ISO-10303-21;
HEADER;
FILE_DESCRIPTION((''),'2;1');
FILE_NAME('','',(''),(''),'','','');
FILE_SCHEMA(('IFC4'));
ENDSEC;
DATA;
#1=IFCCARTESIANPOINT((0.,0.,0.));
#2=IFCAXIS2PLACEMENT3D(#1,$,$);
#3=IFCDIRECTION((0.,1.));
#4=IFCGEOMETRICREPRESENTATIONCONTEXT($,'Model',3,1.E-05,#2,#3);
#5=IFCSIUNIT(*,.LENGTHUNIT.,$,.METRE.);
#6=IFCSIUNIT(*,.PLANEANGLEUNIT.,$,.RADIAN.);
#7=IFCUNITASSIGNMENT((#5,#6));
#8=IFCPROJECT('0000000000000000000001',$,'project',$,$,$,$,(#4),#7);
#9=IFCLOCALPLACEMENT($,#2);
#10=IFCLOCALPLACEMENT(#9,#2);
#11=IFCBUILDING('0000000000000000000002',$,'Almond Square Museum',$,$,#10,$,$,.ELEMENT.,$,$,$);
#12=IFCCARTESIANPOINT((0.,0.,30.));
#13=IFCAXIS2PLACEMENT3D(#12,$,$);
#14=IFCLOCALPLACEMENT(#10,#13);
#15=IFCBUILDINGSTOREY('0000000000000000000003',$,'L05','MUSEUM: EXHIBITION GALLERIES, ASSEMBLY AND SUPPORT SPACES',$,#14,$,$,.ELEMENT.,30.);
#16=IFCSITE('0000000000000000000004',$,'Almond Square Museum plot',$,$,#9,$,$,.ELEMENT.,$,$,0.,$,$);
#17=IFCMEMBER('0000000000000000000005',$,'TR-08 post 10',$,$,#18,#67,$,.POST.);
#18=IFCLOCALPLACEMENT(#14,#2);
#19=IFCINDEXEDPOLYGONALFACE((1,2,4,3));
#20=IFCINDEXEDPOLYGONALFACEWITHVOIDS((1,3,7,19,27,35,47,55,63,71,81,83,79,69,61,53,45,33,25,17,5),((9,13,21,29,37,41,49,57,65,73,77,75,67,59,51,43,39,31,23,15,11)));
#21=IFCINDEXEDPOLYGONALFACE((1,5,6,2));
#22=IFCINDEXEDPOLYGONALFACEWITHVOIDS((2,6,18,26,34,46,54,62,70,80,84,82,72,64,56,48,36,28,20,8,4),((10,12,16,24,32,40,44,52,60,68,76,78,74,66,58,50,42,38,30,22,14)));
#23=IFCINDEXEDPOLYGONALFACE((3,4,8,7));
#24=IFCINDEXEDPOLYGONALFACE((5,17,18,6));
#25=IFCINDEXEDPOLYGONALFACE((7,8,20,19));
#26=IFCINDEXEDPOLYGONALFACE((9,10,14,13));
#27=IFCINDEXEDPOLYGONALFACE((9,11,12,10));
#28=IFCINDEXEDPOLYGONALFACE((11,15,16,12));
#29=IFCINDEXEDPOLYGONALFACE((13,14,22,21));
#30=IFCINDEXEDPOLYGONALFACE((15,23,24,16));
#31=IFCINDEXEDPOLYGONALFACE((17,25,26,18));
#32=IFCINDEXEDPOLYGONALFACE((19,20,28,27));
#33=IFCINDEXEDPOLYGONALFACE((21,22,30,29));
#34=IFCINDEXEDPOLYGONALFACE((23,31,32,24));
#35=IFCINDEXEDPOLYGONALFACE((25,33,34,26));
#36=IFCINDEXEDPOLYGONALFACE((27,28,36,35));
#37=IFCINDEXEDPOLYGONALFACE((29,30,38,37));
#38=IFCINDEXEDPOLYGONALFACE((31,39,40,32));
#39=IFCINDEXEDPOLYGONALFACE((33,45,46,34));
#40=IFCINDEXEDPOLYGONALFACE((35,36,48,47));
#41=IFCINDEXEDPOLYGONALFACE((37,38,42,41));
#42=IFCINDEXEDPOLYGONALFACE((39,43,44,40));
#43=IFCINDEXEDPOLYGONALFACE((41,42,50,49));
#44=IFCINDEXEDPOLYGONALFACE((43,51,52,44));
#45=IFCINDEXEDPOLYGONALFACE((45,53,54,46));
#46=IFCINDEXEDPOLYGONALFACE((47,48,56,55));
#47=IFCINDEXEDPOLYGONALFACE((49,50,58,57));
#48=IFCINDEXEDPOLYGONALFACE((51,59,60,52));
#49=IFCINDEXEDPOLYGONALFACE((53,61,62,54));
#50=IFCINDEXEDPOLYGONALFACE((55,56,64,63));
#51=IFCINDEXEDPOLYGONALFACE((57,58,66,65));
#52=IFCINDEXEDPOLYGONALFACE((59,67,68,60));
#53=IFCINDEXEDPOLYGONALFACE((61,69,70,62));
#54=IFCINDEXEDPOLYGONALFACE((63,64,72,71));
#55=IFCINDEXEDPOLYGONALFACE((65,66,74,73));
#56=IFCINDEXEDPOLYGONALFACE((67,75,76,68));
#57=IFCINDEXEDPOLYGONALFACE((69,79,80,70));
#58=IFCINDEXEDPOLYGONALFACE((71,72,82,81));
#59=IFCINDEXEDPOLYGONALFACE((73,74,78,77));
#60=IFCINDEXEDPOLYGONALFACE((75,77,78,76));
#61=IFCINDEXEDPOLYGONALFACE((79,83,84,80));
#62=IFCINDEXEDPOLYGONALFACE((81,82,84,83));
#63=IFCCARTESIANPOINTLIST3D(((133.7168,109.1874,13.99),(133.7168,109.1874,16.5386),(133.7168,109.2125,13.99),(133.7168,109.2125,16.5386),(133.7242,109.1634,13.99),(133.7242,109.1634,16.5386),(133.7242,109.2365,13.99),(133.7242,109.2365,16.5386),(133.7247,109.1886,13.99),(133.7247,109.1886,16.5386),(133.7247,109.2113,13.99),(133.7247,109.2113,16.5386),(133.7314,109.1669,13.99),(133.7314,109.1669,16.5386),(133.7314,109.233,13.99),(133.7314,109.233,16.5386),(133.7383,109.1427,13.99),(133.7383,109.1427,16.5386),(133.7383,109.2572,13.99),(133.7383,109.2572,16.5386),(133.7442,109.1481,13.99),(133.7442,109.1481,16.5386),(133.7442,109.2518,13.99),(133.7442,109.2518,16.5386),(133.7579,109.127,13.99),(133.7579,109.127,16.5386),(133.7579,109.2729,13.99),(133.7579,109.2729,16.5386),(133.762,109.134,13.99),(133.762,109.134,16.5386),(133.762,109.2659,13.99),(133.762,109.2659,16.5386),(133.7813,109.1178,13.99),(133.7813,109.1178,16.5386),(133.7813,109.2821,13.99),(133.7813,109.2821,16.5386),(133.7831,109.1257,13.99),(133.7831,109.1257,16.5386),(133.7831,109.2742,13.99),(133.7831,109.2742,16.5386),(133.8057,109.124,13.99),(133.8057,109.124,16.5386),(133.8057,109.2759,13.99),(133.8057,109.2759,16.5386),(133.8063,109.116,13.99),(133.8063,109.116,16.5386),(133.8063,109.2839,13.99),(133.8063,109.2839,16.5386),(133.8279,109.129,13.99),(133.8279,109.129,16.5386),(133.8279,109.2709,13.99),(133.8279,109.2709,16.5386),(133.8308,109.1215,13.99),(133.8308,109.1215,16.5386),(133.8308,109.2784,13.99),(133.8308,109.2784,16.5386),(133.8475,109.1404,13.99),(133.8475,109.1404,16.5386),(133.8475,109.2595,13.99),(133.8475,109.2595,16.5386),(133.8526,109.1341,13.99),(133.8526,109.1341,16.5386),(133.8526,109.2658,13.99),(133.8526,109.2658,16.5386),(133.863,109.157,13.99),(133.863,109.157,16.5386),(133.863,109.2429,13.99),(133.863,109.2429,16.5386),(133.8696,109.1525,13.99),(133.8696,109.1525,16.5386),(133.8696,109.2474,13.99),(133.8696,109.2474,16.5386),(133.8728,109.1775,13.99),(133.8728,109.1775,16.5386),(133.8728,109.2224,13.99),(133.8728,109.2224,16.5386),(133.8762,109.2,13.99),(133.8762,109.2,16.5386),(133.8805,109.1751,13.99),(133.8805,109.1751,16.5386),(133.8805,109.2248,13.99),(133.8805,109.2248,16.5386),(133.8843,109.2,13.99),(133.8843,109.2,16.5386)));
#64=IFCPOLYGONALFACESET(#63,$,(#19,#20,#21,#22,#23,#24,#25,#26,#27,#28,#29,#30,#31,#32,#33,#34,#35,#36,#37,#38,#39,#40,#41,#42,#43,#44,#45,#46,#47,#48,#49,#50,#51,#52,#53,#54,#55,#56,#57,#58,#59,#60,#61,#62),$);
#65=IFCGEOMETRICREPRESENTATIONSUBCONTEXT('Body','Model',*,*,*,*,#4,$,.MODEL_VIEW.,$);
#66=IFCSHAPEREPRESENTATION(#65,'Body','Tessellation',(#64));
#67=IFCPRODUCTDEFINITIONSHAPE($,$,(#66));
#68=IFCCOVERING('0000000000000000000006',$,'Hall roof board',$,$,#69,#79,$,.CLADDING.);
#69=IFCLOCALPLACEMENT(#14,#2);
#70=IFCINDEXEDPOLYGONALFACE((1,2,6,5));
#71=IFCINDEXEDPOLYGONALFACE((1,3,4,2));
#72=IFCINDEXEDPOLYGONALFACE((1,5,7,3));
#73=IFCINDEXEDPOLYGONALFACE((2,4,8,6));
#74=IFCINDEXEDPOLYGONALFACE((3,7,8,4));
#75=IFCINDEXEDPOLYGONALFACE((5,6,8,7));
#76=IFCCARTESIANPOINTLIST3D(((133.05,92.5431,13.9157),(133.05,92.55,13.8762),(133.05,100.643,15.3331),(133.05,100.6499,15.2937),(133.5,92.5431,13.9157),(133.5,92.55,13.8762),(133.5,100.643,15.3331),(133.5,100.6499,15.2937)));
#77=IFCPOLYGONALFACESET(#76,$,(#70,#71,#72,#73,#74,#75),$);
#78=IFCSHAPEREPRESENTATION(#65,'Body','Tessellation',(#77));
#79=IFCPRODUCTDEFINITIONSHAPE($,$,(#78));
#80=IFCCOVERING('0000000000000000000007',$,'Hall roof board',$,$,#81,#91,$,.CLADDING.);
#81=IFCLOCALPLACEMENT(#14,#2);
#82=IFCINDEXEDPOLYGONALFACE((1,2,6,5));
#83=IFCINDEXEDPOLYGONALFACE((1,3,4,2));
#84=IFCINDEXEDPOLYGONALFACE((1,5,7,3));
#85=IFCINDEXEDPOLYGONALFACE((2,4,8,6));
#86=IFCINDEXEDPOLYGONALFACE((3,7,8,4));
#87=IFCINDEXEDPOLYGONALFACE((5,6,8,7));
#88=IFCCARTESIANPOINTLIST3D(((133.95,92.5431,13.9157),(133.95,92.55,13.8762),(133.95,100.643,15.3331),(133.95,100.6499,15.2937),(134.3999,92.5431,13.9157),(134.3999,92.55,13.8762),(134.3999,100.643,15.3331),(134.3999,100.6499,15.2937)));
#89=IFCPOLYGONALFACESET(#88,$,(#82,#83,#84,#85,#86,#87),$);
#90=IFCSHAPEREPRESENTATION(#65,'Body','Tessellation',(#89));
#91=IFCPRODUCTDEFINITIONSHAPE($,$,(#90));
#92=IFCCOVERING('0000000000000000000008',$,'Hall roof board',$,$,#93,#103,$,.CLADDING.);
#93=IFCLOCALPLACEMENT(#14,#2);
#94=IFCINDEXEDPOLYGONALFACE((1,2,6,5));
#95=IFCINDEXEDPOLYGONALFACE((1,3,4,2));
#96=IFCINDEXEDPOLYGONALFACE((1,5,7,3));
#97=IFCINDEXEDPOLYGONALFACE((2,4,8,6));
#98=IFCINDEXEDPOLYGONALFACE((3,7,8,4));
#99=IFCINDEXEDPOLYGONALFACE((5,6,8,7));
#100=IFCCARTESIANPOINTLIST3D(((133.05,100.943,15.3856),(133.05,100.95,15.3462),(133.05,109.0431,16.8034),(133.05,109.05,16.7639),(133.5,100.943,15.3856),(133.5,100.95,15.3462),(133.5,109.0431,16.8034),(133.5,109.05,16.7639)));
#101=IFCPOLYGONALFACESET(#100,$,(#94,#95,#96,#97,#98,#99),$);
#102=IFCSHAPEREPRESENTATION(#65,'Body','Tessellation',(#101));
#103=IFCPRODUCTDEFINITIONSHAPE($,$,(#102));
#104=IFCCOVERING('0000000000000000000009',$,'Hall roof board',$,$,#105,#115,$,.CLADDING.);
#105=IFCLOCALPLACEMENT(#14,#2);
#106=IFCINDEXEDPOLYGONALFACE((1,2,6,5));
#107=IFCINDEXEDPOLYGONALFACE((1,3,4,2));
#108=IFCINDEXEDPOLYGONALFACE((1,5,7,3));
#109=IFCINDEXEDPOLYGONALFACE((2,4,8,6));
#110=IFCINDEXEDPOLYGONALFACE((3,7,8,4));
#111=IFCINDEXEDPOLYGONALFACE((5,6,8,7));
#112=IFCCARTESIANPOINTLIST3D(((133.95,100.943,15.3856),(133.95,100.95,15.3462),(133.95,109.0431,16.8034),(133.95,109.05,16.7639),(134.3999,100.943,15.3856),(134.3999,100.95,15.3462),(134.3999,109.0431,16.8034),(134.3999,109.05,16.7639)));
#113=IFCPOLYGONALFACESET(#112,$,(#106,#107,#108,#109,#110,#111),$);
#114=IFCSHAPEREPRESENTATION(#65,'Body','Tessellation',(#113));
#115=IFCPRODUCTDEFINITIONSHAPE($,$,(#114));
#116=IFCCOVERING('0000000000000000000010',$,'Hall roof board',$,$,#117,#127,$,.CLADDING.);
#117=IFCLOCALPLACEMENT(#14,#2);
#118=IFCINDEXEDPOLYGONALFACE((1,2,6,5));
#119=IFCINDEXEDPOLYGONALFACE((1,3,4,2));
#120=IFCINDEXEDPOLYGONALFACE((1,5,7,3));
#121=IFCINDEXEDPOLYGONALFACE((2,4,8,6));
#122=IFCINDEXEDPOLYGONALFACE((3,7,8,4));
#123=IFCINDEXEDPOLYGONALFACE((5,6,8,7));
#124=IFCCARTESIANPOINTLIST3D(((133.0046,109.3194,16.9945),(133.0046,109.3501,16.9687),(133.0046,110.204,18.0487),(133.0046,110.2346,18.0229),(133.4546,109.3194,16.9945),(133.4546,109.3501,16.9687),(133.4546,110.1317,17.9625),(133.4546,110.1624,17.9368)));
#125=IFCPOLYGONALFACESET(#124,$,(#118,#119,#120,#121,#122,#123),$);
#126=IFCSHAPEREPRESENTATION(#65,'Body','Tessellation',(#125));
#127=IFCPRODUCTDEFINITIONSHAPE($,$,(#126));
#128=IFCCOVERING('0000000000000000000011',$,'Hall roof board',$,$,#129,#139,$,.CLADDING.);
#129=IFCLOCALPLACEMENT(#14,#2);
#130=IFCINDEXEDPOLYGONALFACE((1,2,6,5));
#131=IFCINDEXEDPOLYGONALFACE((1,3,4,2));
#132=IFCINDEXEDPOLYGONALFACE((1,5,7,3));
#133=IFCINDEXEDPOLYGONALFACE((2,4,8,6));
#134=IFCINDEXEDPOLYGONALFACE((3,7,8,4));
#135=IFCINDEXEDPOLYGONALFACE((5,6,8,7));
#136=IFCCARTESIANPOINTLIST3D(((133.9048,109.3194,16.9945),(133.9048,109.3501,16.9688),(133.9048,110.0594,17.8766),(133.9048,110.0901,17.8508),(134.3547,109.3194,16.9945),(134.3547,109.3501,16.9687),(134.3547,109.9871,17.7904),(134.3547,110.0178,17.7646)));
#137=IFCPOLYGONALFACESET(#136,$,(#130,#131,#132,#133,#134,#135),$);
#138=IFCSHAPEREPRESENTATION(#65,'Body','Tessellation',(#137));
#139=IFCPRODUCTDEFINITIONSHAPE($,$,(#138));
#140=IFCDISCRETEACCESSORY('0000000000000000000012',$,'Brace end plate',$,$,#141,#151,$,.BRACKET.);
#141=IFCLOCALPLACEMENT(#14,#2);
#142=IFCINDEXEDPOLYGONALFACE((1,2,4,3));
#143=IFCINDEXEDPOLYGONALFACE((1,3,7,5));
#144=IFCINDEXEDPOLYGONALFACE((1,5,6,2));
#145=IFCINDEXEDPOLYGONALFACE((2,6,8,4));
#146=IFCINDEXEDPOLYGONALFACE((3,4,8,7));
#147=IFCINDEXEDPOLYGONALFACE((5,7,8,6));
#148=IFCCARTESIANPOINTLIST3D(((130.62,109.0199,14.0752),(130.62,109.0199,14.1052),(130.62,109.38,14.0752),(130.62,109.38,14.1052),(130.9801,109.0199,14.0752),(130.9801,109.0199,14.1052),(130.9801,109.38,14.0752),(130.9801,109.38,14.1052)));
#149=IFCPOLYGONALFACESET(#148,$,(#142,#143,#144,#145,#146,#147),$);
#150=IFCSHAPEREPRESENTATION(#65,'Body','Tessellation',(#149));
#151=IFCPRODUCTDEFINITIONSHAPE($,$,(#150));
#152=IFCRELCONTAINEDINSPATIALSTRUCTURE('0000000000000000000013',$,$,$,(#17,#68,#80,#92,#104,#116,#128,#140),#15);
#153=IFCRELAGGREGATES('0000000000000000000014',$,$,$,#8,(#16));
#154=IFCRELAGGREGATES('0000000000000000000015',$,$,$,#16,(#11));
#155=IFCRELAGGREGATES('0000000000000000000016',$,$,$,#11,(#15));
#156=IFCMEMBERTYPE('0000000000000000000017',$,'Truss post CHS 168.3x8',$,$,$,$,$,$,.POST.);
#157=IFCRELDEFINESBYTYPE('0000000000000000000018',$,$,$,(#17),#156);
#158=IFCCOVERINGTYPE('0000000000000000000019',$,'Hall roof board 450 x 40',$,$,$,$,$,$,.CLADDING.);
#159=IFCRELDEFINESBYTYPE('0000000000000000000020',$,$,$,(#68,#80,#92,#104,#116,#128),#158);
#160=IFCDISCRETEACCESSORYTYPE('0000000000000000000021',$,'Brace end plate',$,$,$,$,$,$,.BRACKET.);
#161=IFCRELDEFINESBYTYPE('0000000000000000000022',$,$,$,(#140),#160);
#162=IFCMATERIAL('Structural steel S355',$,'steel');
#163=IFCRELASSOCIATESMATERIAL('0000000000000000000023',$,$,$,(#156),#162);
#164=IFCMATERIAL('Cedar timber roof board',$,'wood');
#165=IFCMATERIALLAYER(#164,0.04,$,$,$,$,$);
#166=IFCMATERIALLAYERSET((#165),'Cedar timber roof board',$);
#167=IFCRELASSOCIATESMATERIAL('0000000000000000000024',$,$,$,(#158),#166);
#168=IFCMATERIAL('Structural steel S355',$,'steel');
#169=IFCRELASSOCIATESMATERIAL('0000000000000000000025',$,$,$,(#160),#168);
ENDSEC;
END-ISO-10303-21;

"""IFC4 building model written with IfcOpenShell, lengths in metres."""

from ifc_helpers import new_model, si_unit, direction, frame, origin, origin_2d, place, context, subcontext, project, spatial, polyline, rectangle, hollow_circle, outline, extrude, material, layer, layer_set, material_profile, profile_set, type_object, element, save


model = new_model("IFC4")

# Units and contexts
model_context = context("Model", 3, precision=1e-05, world=origin(), true_north=direction((0.0, 1.0)))
body_context = subcontext(model_context, "Body", "Model", "MODEL_VIEW")
ifc_project = project(units=[si_unit("LENGTHUNIT", "METRE"), si_unit("PLANEANGLEUNIT", "RADIAN")], contexts=[model_context])

# Site, building, storey
site_placement = place(None, origin())
site = spatial("IfcSite", under=ifc_project, at=site_placement, Name="Almond Square Museum plot", CompositionType="ELEMENT", RefElevation=0.0)
building_placement = place(site_placement, origin())
building = spatial("IfcBuilding", under=site, at=building_placement, Name="Almond Square Museum", CompositionType="ELEMENT")
storey_placement = place(building_placement, frame((0.0, 0.0, 30.0)))
storey = spatial("IfcBuildingStorey", under=building, at=storey_placement, Name="L05", Description="MUSEUM: EXHIBITION GALLERIES, ASSEMBLY AND SUPPORT SPACES", CompositionType="ELEMENT", Elevation=30.0)

# Member
ifc_material_1 = material(Name="Structural steel S355", Category="steel")
ifc_material_profile_1 = material_profile(ifc_material_1, hollow_circle(Radius=0.0842, WallThickness=0.0081, at=origin_2d()))
ifc_profile_set_1 = profile_set([ifc_material_profile_1], Name="Structural steel S355")
member_type_1 = type_object("IfcMemberType", Name="Truss post CHS 168.3x8", PredefinedType="POST", material=ifc_profile_set_1)
for number, where, z_axis, x_axis, name in (
    (1, (133.8, 109.2, 13.99), (0.0, 0.0, 1.0), (1.0, 0.0, 0.0), "TR-08 post 10"),
):
    element("IfcMember", number, at=place(storey_placement, frame(where, z_axis=z_axis, x_axis=x_axis)), inside=storey, type_object=member_type_1, Name=name, PredefinedType="POST", context=body_context, shape_type="SweptSolid", body=[
        extrude(hollow_circle(Radius=0.0842, WallThickness=0.0081, at=origin_2d()), origin(), (0.0, 0.0, 1.0), 2.5486),
    ])

# Coverings
ifc_material_2 = material(Name="Cedar timber roof board", Category="wood")
ifc_layer = layer(ifc_material_2, 0.04)
ifc_layer_set = layer_set([ifc_layer], Name="Cedar timber roof board")
covering_type = type_object("IfcCoveringType", Name="Hall roof board 450 x 40", PredefinedType="CLADDING", material=ifc_layer_set)
for number, where, z_axis, x_axis, name in (
    (2, (133.5, 100.6499, 15.2937), (0.0, -0.172381, 0.98503), (-1.0, 0.0, 0.0), "Hall roof board"),
    (3, (134.3999, 100.6499, 15.2937), (0.0, -0.172381, 0.98503), (-1.0, 0.0, 0.0), "Hall roof board"),
):
    element("IfcCovering", number, at=place(storey_placement, frame(where, z_axis=z_axis, x_axis=x_axis)), inside=storey, type_object=covering_type, Name=name, PredefinedType="CLADDING", context=body_context, shape_type="SweptSolid", body=[
        extrude(outline(polyline([(0.0, 0.0), (0.45, 0.0), (0.45, 8.2229), (0.0, 8.2229), (0.0, 0.0)])), origin(), (0.0, 0.0, 1.0), 0.04),
    ])
for number, where, z_axis, x_axis, name in (
    (4, (133.5, 109.05, 16.7639), (0.0, -0.172405, 0.985026), (-1.0, 0.0, 0.0), "Hall roof board"),
    (5, (134.3999, 109.05, 16.7639), (0.0, -0.172405, 0.985026), (-1.0, 0.0, 0.0), "Hall roof board"),
):
    element("IfcCovering", number, at=place(storey_placement, frame(where, z_axis=z_axis, x_axis=x_axis)), inside=storey, type_object=covering_type, Name=name, PredefinedType="CLADDING", context=body_context, shape_type="SweptSolid", body=[
        extrude(outline(polyline([(0.0, 0.0), (0.45, 0.0), (0.45, 8.2232), (0.0, 8.2232), (0.0, 0.0)])), origin(), (0.0, 0.0, 1.0), 0.04),
    ])
covering_1_placement = place(storey_placement, frame((133.4546, 110.1624, 17.9368), z_axis=(0.00004, -0.766056, 0.642773), x_axis=(-0.970151, 0.155843, 0.185794)))
element("IfcCovering", 6, at=covering_1_placement, inside=storey, type_object=covering_type, Name="Hall roof board", PredefinedType="CLADDING", context=body_context, shape_type="SweptSolid", body=[
    extrude(outline(polyline([(0.0, 0.0), (0.4638, 0.0), (0.1301, 1.335), (-0.3064, 1.2259), (0.0, 0.0)])), origin(), (0.0, 0.0, 1.0), 0.04),
])
covering_2_placement = place(storey_placement, frame((134.3547, 110.0178, 17.7646), z_axis=(0.00003, -0.766107, 0.642714), x_axis=(-0.970151, 0.155836, 0.1858)))
element("IfcCovering", 7, at=covering_2_placement, inside=storey, type_object=covering_type, Name="Hall roof board", PredefinedType="CLADDING", context=body_context, shape_type="SweptSolid", body=[
    extrude(outline(polyline([(0.0, 0.0), (0.4638, 0.0), (0.1846, 1.117), (-0.2519, 1.0079), (0.0, 0.0)])), origin(), (0.0, 0.0, 1.0), 0.04),
])

# Discrete accessory
ifc_material_3 = material(Name="Structural steel S355", Category="steel")
discrete_accessory_type = type_object("IfcDiscreteAccessoryType", Name="Brace end plate", PredefinedType="BRACKET", material=ifc_material_3)
discrete_accessory_placement = place(storey_placement, frame((130.8, 109.2, 14.0752), z_axis=(0.0, 0.0, 1.0), x_axis=(1.0, 0.0, 0.0)))
element("IfcDiscreteAccessory", 8, at=discrete_accessory_placement, inside=storey, type_object=discrete_accessory_type, Name="Brace end plate", PredefinedType="BRACKET", context=body_context, shape_type="SweptSolid", body=[
    extrude(rectangle(XDim=0.3601, YDim=0.3601, at=origin_2d()), origin(), (0.0, 0.0, 1.0), 0.03),
])

save(model, "model.ifc")
